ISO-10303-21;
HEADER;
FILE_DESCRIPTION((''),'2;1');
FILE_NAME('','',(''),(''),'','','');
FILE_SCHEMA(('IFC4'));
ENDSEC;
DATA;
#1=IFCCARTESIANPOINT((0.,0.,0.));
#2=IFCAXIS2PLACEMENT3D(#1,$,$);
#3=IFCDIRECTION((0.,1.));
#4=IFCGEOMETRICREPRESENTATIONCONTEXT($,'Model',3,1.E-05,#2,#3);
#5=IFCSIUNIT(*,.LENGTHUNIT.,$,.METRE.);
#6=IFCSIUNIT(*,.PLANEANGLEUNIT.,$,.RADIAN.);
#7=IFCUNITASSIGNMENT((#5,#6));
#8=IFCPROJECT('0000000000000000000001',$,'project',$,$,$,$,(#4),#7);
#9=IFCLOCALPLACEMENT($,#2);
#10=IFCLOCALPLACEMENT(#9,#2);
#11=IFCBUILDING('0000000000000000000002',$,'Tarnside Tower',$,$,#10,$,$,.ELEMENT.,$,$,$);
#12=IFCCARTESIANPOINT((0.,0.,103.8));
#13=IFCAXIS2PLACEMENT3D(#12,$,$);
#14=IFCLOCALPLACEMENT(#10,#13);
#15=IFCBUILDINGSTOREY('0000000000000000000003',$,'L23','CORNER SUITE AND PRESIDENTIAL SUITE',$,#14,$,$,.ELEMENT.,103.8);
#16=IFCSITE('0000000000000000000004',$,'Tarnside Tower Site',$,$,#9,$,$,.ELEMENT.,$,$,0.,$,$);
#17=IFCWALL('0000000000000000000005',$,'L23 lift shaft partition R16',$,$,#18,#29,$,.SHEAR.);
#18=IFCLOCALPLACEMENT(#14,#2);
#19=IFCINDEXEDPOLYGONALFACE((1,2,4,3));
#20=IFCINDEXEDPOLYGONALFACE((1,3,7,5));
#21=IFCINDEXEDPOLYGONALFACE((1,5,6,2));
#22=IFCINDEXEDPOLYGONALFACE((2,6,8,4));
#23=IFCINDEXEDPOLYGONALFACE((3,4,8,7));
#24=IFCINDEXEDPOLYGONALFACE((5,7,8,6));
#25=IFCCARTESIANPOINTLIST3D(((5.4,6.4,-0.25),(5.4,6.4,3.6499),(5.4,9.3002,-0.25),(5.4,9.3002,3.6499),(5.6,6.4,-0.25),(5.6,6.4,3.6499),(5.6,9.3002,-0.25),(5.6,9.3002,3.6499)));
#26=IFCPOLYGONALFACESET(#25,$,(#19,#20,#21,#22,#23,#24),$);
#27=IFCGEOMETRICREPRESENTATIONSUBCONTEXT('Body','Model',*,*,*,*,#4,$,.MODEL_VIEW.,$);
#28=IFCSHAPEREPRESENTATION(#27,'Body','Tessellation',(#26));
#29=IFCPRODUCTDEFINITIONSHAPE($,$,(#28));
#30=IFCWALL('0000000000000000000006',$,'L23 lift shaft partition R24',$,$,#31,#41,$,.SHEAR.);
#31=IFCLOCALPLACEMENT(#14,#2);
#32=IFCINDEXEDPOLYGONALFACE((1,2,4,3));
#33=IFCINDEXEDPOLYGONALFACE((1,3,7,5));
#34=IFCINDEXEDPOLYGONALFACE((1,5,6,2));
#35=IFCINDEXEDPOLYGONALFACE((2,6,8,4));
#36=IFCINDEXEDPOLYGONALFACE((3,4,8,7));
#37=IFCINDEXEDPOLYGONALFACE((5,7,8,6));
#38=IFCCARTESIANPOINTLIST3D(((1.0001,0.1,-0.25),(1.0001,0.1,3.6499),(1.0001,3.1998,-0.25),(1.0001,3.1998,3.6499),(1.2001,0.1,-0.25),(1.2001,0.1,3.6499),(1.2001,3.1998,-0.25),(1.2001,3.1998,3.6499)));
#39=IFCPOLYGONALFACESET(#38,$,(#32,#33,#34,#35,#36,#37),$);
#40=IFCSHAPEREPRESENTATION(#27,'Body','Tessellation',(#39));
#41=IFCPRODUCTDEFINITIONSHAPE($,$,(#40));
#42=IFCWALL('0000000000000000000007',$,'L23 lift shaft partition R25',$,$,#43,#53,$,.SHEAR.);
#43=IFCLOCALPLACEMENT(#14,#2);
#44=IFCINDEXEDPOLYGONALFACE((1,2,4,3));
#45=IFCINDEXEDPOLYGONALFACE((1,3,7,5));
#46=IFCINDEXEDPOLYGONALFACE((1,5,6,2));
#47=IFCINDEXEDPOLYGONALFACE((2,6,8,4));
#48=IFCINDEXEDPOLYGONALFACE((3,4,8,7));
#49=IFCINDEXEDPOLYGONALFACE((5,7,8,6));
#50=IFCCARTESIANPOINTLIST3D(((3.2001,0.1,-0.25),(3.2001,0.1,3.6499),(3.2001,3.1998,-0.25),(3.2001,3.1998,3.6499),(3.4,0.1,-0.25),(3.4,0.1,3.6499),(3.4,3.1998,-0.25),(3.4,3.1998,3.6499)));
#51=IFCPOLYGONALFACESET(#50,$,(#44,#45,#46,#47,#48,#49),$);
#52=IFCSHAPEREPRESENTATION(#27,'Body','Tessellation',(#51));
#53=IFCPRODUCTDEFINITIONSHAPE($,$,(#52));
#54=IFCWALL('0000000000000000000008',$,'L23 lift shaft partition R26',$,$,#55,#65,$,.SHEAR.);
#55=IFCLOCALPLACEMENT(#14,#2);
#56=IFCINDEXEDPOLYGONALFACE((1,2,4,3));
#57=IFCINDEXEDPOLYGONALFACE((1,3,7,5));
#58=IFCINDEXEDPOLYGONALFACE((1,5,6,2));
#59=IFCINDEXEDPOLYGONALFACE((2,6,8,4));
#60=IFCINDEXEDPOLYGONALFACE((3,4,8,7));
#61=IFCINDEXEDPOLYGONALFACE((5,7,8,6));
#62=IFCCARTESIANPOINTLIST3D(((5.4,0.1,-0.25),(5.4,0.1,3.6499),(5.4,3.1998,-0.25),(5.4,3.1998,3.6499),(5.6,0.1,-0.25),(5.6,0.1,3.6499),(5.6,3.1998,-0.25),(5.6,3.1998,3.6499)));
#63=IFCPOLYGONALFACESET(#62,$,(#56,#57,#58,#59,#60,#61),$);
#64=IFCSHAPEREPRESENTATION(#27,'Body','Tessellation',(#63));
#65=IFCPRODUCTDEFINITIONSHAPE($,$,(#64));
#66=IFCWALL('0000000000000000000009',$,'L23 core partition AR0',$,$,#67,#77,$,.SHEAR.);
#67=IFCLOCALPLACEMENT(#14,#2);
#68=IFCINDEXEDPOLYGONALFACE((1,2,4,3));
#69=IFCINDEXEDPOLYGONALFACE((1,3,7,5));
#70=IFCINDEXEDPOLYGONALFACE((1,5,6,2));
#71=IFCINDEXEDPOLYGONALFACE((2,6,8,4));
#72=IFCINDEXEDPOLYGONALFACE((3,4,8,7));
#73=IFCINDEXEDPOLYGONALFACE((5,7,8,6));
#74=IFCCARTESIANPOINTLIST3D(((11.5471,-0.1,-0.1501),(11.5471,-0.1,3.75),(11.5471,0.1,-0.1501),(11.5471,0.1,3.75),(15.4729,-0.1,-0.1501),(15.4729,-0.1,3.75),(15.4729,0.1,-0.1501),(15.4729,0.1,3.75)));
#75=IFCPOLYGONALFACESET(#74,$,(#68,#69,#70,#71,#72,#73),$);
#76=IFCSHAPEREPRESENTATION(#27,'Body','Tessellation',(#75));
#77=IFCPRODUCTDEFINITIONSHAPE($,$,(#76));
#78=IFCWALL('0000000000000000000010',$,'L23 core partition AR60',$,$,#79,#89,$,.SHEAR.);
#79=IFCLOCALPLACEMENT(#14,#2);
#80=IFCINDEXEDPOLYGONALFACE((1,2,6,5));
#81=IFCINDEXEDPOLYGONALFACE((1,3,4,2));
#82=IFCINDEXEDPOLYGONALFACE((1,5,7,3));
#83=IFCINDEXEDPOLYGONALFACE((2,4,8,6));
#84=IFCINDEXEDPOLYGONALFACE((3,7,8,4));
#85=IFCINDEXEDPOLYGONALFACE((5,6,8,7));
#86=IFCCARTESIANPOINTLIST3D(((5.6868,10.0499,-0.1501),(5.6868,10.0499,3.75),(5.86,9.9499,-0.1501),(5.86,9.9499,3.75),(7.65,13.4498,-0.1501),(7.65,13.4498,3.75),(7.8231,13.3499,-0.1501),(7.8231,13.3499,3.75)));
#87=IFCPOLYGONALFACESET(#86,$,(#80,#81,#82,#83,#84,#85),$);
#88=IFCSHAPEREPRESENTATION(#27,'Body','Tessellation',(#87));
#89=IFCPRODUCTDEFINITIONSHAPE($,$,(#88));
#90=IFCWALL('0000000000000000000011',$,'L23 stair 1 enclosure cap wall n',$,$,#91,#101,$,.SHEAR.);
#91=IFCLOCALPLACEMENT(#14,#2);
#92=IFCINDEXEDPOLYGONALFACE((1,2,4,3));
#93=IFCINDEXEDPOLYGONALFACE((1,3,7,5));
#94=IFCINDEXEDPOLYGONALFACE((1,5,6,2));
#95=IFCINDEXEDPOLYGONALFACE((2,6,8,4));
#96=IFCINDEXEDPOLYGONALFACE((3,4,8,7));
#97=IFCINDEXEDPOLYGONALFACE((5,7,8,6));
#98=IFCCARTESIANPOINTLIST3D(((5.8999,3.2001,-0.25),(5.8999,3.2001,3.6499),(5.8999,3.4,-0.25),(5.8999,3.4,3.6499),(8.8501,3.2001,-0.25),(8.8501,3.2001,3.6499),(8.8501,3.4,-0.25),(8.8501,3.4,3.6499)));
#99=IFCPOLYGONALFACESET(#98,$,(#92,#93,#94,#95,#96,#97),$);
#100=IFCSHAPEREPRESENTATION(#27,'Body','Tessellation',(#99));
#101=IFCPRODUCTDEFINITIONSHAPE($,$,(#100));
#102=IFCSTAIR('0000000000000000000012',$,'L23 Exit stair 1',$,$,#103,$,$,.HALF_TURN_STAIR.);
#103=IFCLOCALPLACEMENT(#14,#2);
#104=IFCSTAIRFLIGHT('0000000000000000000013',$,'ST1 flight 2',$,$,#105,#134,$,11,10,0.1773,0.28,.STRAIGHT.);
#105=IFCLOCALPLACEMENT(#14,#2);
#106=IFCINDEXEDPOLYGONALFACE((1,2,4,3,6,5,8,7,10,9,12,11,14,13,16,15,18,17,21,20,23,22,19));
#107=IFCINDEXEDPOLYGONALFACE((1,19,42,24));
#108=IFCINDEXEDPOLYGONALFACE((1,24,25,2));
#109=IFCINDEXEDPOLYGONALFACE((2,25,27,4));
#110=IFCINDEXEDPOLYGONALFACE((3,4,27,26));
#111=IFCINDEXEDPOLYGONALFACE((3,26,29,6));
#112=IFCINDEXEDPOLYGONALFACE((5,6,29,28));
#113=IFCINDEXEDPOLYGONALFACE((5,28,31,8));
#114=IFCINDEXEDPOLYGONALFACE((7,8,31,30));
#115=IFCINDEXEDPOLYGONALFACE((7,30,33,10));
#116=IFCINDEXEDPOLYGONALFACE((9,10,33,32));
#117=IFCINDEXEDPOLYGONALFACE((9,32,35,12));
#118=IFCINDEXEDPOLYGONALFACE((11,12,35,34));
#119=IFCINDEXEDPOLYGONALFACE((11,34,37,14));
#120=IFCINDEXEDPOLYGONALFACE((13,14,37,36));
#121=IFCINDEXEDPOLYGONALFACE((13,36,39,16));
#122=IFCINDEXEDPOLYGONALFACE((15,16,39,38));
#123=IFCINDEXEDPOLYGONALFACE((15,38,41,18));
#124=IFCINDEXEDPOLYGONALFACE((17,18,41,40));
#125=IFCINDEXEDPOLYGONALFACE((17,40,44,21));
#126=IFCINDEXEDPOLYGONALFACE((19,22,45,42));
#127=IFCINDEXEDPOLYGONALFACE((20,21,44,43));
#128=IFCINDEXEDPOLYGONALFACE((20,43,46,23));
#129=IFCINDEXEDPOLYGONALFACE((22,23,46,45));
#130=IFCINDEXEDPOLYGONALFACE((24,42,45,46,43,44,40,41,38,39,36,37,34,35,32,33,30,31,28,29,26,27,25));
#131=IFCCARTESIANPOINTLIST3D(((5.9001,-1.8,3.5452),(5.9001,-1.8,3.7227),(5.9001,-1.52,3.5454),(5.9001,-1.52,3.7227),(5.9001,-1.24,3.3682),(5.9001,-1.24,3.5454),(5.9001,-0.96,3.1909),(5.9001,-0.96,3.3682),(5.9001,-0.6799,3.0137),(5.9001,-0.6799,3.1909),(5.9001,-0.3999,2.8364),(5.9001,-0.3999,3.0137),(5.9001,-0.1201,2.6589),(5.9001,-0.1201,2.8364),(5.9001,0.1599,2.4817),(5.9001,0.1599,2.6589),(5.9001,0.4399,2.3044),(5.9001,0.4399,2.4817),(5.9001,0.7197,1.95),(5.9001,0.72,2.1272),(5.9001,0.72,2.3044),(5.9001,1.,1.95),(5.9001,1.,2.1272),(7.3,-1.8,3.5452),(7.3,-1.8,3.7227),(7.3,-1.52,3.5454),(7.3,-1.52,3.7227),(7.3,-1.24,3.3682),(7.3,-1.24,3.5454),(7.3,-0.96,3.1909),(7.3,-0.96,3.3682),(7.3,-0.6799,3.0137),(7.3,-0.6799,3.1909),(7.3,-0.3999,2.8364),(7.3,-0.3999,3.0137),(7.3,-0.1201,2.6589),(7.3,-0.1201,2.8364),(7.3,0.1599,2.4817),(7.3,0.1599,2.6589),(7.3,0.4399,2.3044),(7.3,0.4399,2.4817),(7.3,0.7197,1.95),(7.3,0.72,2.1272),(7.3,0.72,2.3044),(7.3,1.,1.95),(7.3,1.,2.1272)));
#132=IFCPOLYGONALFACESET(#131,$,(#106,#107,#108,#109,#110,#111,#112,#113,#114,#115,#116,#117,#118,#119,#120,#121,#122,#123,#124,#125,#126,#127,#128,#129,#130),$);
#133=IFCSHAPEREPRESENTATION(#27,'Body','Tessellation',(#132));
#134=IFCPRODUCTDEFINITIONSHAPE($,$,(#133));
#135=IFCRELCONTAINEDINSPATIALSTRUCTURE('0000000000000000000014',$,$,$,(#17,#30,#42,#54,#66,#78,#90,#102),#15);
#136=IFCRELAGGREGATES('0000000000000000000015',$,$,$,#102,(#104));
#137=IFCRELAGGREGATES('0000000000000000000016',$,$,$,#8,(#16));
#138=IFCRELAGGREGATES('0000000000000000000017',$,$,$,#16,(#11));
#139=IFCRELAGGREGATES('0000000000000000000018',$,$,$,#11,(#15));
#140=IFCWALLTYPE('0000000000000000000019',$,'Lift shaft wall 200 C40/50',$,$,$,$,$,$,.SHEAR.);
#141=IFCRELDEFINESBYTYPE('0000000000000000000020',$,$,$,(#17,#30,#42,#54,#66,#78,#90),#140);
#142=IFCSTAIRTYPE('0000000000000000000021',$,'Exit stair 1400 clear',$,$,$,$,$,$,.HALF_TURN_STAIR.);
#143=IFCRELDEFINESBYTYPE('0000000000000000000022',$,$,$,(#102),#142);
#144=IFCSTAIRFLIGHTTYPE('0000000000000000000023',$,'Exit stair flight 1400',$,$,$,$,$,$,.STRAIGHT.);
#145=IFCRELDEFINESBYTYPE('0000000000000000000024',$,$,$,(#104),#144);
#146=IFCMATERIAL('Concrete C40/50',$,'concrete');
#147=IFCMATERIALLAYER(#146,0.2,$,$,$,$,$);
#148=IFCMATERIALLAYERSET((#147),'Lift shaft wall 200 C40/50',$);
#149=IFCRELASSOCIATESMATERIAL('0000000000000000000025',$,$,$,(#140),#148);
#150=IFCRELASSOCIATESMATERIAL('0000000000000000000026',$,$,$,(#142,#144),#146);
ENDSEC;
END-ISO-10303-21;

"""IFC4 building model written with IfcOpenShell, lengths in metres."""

from ifc_helpers import new_model, si_unit, direction, frame, frame_2d, origin, place, context, subcontext, project, spatial, polyline, rectangle, outline, extrude, material, layer, layer_set, type_object, element, aggregate, save


model = new_model("IFC4")

# Units and contexts
model_context = context("Model", 3, precision=1e-05, world=origin(), true_north=direction((0.0, 1.0)))
body_context = subcontext(model_context, "Body", "Model", "MODEL_VIEW")
ifc_project = project(units=[si_unit("LENGTHUNIT", "METRE"), si_unit("PLANEANGLEUNIT", "RADIAN")], contexts=[model_context])

# Site, building, storey
site_placement = place(None, origin())
site = spatial("IfcSite", under=ifc_project, at=site_placement, Name="Tarnside Tower Site", CompositionType="ELEMENT", RefElevation=0.0)
building_placement = place(site_placement, origin())
building = spatial("IfcBuilding", under=site, at=building_placement, Name="Tarnside Tower", CompositionType="ELEMENT")
storey_placement = place(building_placement, frame((0.0, 0.0, 103.8)))
storey = spatial("IfcBuildingStorey", under=building, at=storey_placement, Name="L23", Description="CORNER SUITE AND PRESIDENTIAL SUITE", CompositionType="ELEMENT", Elevation=103.8)

# Shared definitions
ifc_material_1 = material(Name="Concrete C40/50", Category="concrete")

# Walls
ifc_layer_1 = layer(ifc_material_1, 0.2)
ifc_layer_set_1 = layer_set([ifc_layer_1], Name="Lift shaft wall 200 C40/50")
wall_type_1 = type_object("IfcWallType", Name="Lift shaft wall 200 C40/50", PredefinedType="SHEAR", material=ifc_layer_set_1)
for number, where, z_axis, x_axis, name in (
    (1, (5.5, 6.3999, -0.25), (0.0, 0.0, 1.0), (0.0, 1.0, 0.0), "L23 lift shaft partition R16"),
):
    element("IfcWall", number, at=place(storey_placement, frame(where, z_axis=z_axis, x_axis=x_axis)), inside=storey, type_object=wall_type_1, Name=name, PredefinedType="SHEAR", context=body_context, shape_type="SweptSolid", body=[
        extrude(rectangle(XDim=2.9001, YDim=0.2, at=frame_2d((1.4502, 0.0))), origin(), (0.0, 0.0, 1.0), 3.8999),
    ])
for number, where, z_axis, x_axis, name in (
    (2, (1.1001, 0.1001, -0.25), (0.0, 0.0, 1.0), (0.0, 1.0, 0.0), "L23 lift shaft partition R24"),
    (3, (3.3, 0.1001, -0.25), (0.0, 0.0, 1.0), (0.0, 1.0, 0.0), "L23 lift shaft partition R25"),
    (4, (5.5, 0.1001, -0.25), (0.0, 0.0, 1.0), (0.0, 1.0, 0.0), "L23 lift shaft partition R26"),
):
    element("IfcWall", number, at=place(storey_placement, frame(where, z_axis=z_axis, x_axis=x_axis)), inside=storey, type_object=wall_type_1, Name=name, PredefinedType="SHEAR", context=body_context, shape_type="SweptSolid", body=[
        extrude(rectangle(XDim=3.0999, YDim=0.2, at=frame_2d((1.5498, 0.0))), origin(), (0.0, 0.0, 1.0), 3.8999),
    ])
wall_1_placement = place(storey_placement, frame((11.5471, 0.0, -0.1501), z_axis=(0.0, 0.0, 1.0), x_axis=(1.0, 0.0, 0.0)))
element("IfcWall", 5, at=wall_1_placement, inside=storey, type_object=wall_type_1, Name="L23 core partition AR0", PredefinedType="SHEAR", context=body_context, shape_type="SweptSolid", body=[
    extrude(rectangle(XDim=3.9258, YDim=0.2, at=frame_2d((1.9629, 0.0))), origin(), (0.0, 0.0, 1.0), 3.9001),
])
wall_2_placement = place(storey_placement, frame((5.7734, 10.0, -0.1501), z_axis=(0.0, 0.0, 1.0), x_axis=(0.500038, 0.866003, 0.0)))
element("IfcWall", 6, at=wall_2_placement, inside=storey, type_object=wall_type_1, Name="L23 core partition AR60", PredefinedType="SHEAR", context=body_context, shape_type="SweptSolid", body=[
    extrude(rectangle(XDim=3.926, YDim=0.2, at=frame_2d((1.9629, 0.0))), origin(), (0.0, 0.0, 1.0), 3.9001),
])
wall_3_placement = place(storey_placement, frame((5.8999, 3.3, -0.25), z_axis=(0.0, 0.0, 1.0), x_axis=(1.0, 0.0, 0.0)))
element("IfcWall", 7, at=wall_3_placement, inside=storey, type_object=wall_type_1, Name="L23 stair 1 enclosure cap wall n", PredefinedType="SHEAR", context=body_context, shape_type="SweptSolid", body=[
    extrude(rectangle(XDim=2.9502, YDim=0.2, at=frame_2d((1.4751, 0.0))), origin(), (0.0, 0.0, 1.0), 3.8999),
])

# Stair, stair flight
stair_type = type_object("IfcStairType", Name="Exit stair 1400 clear", PredefinedType="HALF_TURN_STAIR", material=ifc_material_1)
stair_placement = place(storey_placement, origin())
stair = element("IfcStair", 8, at=stair_placement, inside=storey, type_object=stair_type, Name="L23 Exit stair 1", PredefinedType="HALF_TURN_STAIR")
stair_flight_type = type_object("IfcStairFlightType", Name="Exit stair flight 1400", PredefinedType="STRAIGHT", material=ifc_material_1)
stair_flight_placement = place(storey_placement, frame((6.6001, 1.0, 1.95), z_axis=(0.0, 0.0, 1.0), x_axis=(0.0, -1.0, 0.0)))
stair_flight = element("IfcStairFlight", 9, at=stair_flight_placement, type_object=stair_flight_type, Name="ST1 flight 2", NumberOfRisers=11, NumberOfTreads=10, PredefinedType="STRAIGHT", RiserHeight=0.1773, TreadLength=0.28, context=body_context, shape_type="SweptSolid", body=[
    extrude(outline(polyline([(0.0, 0.0), (0.0, 0.1772), (0.28, 0.1772), (0.28, 0.3545), (0.5601, 0.3545), (0.5601, 0.5317), (0.8401, 0.5317), (0.8401, 0.709), (1.1201, 0.709), (1.1201, 0.8865), (1.3999, 0.8865), (1.3999, 1.0637), (1.6799, 1.0637), (1.6799, 1.241), (1.96, 1.241), (1.96, 1.4182), (2.24, 1.4182), (2.24, 1.5955), (2.52, 1.5955), (2.52, 1.7727), (2.8, 1.7727), (2.8, 1.95), (2.8, 1.5952), (0.2803, 0.0), (0.0, 0.0)])), frame((0.0, 0.7, 0.0), z_axis=(0.0, -1.0, 0.0), x_axis=(1.0, 0.0, 0.0)), (0.0, 0.0, 1.0), 1.3999),
])
aggregate(stair, [stair_flight])

save(model, "model.ifc")
